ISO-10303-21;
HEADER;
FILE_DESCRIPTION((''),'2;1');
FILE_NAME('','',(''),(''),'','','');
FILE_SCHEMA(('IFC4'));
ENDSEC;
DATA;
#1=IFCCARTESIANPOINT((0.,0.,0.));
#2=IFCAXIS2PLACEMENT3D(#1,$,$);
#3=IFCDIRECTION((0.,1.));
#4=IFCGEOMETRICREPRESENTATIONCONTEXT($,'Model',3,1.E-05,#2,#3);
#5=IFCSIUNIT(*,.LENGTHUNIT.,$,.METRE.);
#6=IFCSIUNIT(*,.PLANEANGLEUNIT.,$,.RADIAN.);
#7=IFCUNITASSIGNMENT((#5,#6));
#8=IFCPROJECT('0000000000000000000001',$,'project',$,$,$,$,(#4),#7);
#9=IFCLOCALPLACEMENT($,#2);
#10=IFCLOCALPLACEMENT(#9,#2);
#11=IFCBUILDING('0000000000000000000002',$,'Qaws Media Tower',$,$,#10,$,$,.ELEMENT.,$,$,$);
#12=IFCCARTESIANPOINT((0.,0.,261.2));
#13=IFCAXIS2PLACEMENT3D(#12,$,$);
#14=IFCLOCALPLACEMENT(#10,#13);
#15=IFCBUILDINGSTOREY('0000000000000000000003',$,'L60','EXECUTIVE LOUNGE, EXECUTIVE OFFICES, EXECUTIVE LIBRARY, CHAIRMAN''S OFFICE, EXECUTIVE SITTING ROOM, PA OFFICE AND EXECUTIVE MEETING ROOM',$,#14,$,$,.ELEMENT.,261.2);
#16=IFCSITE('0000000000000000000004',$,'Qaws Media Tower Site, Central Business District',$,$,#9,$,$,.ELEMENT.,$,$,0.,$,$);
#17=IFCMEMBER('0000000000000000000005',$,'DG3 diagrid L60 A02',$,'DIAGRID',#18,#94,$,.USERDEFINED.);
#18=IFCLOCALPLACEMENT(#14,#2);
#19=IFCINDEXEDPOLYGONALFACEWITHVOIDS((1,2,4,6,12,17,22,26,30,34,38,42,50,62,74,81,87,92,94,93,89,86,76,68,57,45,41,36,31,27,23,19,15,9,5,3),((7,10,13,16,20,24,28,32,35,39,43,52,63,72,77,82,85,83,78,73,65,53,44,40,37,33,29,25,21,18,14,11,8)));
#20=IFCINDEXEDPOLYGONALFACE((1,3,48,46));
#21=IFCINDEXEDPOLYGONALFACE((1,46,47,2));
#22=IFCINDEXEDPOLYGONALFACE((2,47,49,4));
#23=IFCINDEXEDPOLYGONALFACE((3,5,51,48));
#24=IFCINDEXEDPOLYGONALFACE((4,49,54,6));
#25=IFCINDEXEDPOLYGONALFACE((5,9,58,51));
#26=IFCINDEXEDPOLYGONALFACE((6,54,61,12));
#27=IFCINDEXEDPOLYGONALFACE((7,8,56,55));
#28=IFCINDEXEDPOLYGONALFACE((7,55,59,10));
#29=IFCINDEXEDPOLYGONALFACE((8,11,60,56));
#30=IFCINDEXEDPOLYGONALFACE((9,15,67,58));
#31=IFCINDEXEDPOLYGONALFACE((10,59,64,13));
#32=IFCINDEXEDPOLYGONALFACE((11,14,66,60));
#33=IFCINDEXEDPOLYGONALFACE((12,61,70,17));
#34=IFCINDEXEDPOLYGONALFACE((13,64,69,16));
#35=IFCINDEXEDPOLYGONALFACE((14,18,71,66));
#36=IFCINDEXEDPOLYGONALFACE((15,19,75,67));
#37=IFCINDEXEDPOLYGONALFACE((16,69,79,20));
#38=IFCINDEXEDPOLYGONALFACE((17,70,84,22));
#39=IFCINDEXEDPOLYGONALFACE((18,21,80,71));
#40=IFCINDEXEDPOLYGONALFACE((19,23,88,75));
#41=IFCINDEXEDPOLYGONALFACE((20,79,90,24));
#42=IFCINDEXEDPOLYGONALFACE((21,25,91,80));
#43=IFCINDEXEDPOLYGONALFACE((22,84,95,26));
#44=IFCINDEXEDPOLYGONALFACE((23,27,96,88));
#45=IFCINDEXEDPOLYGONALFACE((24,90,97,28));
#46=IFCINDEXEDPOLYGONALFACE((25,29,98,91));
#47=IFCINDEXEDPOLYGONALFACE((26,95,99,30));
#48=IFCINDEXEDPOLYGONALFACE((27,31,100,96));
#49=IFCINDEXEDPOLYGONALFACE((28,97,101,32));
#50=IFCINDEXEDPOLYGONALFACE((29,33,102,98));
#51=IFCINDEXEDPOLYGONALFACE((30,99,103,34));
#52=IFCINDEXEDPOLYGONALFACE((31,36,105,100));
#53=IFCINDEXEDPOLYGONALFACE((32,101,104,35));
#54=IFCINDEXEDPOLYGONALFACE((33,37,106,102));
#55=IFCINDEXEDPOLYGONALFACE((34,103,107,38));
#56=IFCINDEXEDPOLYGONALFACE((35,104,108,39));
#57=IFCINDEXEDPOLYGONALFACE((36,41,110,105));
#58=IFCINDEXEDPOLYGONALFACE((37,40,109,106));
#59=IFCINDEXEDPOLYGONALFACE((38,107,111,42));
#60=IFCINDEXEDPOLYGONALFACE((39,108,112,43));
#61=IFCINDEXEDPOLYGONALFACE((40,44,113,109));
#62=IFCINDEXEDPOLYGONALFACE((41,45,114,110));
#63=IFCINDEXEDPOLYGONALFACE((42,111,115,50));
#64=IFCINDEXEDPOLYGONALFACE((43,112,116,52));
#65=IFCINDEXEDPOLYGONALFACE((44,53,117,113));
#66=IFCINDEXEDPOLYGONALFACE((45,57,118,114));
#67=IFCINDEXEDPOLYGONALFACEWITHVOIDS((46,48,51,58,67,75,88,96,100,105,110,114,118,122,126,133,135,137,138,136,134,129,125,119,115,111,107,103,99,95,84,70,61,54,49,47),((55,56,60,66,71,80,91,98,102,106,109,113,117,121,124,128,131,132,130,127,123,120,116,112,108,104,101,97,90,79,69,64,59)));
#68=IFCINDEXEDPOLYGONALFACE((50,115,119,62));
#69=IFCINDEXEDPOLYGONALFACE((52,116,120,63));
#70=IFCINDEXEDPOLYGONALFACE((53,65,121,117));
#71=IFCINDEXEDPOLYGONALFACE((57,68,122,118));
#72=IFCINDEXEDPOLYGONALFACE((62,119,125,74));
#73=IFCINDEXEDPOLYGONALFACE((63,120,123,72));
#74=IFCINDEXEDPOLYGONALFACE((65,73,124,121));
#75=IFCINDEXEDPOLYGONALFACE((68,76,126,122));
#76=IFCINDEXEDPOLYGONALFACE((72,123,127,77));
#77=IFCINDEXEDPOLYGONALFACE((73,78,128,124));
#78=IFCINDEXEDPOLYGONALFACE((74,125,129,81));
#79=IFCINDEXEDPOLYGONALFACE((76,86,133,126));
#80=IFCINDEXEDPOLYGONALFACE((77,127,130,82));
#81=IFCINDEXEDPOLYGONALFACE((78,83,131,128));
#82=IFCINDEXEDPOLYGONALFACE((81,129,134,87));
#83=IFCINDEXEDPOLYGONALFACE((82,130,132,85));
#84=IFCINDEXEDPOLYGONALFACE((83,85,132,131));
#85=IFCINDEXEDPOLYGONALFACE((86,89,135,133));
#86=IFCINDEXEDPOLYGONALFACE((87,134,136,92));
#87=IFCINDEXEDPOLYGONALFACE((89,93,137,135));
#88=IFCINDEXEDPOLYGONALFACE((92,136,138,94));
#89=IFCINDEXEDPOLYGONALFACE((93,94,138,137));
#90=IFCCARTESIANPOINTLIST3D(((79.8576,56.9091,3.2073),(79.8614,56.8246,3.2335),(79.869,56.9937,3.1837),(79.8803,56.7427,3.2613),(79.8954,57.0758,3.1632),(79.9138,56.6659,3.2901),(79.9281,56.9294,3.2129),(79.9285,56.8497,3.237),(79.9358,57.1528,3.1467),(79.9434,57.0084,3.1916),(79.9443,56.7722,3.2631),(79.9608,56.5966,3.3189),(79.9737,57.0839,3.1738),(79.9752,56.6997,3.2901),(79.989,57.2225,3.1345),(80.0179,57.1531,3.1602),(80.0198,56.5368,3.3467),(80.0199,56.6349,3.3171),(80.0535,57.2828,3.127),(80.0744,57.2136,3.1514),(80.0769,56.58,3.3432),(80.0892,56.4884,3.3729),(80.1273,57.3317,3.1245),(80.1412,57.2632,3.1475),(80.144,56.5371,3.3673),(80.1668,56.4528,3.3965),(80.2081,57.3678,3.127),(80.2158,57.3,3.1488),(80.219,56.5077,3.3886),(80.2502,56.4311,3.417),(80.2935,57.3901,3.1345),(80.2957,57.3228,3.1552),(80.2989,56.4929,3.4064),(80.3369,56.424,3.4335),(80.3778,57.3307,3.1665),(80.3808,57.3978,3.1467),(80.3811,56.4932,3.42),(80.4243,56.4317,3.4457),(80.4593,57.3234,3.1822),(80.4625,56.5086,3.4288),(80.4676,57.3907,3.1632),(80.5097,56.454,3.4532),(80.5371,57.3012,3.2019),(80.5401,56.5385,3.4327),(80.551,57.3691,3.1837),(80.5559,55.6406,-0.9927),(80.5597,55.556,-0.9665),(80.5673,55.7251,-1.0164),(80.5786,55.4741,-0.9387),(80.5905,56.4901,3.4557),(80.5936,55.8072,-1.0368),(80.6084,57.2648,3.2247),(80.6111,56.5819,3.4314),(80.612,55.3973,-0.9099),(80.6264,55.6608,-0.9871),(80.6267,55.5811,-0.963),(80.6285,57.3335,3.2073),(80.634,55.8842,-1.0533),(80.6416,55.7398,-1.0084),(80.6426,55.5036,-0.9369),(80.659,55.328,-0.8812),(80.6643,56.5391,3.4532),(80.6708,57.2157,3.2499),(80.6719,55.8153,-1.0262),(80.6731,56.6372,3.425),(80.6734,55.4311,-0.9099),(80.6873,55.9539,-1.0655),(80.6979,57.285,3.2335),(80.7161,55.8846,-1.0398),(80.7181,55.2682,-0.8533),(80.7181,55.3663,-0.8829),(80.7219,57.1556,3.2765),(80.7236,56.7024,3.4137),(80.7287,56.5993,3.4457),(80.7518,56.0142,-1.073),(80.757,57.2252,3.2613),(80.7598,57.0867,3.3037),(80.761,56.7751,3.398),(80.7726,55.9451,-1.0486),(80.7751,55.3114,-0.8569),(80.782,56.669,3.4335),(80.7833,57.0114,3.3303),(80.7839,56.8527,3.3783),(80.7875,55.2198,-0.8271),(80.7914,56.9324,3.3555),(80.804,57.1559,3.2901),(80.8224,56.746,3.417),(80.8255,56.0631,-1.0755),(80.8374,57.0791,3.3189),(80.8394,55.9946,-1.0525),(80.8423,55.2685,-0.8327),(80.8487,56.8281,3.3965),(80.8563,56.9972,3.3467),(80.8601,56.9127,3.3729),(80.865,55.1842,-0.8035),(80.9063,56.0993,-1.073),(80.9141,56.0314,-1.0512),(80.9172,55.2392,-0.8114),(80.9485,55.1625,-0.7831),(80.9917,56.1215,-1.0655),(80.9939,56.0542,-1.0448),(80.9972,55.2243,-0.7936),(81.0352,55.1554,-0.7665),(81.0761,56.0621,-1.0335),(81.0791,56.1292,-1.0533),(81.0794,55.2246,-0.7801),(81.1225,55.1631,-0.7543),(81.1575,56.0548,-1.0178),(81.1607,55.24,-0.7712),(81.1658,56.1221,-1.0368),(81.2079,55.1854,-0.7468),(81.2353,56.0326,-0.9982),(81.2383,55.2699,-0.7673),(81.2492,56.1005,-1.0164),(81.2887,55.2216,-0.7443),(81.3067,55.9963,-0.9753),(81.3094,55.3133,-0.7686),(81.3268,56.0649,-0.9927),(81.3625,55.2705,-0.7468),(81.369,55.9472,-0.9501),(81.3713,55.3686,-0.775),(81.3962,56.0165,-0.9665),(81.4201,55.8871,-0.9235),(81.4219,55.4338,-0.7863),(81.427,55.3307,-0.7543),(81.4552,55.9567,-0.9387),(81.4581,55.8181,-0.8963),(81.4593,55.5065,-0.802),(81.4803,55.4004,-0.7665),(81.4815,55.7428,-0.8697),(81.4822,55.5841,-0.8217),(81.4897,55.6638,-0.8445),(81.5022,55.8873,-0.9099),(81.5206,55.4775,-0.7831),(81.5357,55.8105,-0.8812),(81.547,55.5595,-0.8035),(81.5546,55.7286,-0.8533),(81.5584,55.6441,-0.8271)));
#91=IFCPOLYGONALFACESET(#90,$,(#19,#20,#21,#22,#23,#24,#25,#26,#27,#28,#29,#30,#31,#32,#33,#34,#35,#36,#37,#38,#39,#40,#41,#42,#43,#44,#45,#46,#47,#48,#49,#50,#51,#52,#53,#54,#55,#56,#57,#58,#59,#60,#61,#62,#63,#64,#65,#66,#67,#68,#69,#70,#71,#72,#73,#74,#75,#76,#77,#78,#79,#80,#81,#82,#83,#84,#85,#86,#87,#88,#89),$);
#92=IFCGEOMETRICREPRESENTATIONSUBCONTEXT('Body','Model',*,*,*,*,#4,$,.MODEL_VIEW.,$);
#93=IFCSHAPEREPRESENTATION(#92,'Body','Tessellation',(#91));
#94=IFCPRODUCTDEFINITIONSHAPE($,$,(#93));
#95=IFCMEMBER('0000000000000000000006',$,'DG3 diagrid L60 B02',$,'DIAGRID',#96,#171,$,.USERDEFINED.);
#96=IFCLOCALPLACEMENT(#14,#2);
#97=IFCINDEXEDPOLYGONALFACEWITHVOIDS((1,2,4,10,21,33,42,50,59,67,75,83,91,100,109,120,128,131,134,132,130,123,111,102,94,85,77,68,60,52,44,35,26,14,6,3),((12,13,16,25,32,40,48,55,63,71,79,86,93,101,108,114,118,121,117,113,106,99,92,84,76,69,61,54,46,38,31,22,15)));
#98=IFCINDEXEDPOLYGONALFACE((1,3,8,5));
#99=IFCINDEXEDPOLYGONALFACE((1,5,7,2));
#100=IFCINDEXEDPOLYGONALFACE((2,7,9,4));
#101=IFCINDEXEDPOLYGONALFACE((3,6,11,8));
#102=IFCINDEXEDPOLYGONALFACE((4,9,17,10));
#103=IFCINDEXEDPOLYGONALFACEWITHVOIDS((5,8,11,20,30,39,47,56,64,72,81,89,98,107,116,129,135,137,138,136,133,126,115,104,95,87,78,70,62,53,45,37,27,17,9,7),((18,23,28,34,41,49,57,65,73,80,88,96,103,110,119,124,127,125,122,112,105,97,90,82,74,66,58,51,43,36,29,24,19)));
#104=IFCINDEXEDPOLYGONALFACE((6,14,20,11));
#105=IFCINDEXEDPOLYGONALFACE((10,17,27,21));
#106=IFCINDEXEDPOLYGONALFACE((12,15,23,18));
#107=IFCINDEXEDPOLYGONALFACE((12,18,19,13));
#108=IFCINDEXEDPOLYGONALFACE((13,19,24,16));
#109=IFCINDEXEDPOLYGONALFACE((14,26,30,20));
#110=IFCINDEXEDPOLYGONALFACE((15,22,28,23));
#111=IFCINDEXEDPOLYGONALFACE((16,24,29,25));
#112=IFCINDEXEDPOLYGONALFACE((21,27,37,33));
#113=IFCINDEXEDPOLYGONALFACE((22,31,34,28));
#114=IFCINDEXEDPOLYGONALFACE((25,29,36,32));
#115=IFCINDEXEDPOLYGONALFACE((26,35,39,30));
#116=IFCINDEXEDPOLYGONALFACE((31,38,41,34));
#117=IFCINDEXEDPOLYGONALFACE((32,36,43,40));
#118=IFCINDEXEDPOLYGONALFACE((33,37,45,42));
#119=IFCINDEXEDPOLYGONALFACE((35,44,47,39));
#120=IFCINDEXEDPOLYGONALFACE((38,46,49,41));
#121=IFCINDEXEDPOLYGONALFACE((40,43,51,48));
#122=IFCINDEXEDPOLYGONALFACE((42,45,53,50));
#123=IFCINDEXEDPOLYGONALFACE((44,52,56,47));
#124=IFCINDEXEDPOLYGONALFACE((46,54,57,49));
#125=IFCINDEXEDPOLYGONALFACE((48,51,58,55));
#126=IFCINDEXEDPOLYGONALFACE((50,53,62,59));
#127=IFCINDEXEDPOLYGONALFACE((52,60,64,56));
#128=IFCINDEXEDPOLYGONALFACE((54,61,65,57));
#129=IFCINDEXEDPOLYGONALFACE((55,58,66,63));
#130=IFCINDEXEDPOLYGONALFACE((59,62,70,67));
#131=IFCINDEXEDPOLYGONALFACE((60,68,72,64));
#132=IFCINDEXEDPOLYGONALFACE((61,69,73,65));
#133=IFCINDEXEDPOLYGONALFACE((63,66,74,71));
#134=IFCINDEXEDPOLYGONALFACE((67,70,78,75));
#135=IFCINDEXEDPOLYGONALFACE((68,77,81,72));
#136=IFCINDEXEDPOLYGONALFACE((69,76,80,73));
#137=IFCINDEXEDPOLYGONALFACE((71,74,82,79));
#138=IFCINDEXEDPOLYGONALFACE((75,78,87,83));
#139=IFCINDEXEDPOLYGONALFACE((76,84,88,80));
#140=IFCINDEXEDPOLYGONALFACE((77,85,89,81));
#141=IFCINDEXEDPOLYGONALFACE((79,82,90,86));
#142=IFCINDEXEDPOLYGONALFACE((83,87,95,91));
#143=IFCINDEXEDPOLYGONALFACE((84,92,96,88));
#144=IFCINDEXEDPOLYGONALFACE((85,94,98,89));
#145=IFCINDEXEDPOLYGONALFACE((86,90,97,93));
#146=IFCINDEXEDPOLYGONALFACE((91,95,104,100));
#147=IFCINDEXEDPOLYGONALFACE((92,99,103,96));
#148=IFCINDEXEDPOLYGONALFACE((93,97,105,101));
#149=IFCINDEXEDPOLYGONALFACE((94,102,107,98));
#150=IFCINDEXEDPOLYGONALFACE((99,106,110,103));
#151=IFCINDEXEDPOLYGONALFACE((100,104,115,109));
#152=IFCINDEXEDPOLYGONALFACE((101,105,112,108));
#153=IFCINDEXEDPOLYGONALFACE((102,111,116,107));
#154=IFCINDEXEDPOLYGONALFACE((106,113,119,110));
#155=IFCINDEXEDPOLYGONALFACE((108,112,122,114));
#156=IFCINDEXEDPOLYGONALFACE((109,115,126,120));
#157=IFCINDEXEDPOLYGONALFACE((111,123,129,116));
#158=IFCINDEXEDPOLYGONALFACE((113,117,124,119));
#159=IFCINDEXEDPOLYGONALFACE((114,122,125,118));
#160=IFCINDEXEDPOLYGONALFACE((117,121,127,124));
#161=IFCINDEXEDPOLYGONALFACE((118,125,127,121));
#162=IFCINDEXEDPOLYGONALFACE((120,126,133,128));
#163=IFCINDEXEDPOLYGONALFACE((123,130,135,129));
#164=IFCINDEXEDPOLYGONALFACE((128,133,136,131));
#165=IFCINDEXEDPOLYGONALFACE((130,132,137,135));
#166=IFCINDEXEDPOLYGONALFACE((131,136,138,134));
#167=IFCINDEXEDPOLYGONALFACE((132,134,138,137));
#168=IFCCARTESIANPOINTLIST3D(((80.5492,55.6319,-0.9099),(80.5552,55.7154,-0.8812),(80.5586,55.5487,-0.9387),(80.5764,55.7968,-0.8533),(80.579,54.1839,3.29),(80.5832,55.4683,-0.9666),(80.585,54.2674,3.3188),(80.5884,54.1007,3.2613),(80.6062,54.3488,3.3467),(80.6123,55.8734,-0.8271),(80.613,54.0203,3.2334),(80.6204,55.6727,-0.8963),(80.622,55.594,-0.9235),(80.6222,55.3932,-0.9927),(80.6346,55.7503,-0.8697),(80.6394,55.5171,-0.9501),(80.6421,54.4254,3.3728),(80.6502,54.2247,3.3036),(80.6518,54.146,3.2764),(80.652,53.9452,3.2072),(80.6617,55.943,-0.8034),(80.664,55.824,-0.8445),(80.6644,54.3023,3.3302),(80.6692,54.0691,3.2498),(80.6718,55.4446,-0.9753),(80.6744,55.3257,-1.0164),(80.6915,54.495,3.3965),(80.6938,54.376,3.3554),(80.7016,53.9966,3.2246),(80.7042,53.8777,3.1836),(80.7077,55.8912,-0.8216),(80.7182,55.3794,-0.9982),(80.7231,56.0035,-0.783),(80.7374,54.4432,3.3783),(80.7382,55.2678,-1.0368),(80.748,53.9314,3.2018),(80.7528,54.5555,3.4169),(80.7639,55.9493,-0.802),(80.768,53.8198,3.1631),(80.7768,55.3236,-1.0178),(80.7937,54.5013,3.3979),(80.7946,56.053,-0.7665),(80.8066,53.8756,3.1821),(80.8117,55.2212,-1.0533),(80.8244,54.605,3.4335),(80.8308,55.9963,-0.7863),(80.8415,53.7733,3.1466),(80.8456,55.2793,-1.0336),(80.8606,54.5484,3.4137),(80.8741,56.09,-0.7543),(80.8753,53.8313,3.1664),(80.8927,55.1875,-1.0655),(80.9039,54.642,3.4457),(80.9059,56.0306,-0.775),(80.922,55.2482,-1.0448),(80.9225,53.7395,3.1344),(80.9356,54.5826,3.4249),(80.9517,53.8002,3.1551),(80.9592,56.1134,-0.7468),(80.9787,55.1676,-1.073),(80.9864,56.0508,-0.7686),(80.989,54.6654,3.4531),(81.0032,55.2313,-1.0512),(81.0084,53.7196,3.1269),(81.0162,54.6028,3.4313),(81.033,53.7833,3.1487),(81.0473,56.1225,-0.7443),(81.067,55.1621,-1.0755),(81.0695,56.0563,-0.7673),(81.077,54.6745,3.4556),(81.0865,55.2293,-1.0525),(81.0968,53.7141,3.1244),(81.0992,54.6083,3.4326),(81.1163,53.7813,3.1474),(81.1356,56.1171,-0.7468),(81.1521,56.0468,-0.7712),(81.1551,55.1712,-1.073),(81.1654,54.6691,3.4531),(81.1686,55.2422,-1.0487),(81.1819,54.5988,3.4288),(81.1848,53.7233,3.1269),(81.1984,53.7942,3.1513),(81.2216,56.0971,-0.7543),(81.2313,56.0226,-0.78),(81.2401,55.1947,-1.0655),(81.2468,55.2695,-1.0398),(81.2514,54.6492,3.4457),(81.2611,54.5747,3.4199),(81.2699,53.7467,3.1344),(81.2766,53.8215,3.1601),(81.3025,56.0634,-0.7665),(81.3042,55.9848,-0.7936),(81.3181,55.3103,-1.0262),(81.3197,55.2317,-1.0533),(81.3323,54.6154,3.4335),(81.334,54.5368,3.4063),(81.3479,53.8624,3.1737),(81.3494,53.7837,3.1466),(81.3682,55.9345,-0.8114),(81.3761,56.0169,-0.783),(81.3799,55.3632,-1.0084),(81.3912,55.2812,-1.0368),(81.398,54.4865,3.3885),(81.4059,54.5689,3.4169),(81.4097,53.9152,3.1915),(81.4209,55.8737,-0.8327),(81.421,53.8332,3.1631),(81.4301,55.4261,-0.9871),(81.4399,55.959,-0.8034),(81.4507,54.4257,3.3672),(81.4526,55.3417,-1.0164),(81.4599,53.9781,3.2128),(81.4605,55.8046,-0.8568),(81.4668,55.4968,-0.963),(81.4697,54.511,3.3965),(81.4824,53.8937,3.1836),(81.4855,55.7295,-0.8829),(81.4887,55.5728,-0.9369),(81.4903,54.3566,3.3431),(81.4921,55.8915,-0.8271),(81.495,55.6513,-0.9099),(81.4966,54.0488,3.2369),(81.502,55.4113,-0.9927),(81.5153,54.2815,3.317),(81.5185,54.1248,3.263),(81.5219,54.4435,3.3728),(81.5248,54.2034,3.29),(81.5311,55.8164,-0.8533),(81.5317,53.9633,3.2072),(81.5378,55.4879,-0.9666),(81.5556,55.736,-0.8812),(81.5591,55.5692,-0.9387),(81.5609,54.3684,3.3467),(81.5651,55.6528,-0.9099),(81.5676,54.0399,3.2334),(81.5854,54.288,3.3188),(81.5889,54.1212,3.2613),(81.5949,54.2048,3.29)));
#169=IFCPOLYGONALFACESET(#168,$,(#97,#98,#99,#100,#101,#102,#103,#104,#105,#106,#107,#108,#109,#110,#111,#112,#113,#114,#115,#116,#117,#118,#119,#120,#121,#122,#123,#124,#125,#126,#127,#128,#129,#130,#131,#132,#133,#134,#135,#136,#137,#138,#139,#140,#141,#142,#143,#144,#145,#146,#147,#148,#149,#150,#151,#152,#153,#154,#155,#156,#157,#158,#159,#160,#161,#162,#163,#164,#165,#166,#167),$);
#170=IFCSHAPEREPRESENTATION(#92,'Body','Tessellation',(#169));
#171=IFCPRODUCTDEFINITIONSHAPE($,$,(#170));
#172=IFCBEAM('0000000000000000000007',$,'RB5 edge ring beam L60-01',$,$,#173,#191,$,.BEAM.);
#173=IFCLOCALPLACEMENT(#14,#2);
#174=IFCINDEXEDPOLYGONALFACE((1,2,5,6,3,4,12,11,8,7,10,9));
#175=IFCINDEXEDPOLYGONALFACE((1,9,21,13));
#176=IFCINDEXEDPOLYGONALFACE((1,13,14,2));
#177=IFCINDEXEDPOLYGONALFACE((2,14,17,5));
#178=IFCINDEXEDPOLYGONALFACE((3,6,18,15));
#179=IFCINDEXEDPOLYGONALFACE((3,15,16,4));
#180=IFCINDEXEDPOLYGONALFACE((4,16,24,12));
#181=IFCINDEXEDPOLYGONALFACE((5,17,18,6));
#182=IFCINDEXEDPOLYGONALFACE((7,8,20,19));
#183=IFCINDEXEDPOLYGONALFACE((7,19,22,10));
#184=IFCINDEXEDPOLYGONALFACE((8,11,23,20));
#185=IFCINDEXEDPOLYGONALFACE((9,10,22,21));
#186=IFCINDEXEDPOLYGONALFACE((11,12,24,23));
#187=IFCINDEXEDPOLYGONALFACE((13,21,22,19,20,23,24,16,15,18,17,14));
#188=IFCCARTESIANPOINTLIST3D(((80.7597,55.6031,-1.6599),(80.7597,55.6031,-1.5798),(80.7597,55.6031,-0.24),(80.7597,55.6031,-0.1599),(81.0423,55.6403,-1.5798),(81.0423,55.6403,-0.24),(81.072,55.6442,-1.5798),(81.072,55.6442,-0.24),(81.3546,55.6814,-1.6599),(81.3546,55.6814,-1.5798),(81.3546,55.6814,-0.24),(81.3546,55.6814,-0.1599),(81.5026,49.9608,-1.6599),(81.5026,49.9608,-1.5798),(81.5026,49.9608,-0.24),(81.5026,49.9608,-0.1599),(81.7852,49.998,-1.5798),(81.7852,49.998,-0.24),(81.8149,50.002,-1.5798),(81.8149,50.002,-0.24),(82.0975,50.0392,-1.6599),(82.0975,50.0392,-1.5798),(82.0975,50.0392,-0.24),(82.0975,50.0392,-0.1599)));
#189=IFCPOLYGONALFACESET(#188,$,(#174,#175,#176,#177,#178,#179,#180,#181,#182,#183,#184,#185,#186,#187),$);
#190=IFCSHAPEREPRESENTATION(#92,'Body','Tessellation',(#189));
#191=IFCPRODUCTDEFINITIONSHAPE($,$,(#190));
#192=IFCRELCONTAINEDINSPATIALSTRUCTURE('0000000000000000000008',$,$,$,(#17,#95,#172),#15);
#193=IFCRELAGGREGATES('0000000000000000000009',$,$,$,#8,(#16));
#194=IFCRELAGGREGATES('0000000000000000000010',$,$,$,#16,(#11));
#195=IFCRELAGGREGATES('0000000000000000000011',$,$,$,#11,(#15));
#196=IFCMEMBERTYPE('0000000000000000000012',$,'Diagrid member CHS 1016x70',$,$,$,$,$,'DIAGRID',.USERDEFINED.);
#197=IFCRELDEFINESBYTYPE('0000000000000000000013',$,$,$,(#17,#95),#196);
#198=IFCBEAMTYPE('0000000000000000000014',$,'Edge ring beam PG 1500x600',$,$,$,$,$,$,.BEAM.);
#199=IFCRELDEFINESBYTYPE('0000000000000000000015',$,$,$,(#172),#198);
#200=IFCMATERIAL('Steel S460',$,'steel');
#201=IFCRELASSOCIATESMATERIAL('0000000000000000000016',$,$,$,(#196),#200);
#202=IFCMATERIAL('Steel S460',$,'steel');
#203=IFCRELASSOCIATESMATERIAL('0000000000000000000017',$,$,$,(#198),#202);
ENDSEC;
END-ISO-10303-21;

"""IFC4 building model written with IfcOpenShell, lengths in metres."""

from ifc_helpers import new_model, si_unit, direction, frame, origin, origin_2d, place, context, subcontext, project, spatial, hollow_circle, i_section, extrude, material, material_profile, profile_set, type_object, element, save


model = new_model("IFC4")

# Units and contexts
model_context = context("Model", 3, precision=1e-05, world=origin(), true_north=direction((0.0, 1.0)))
body_context = subcontext(model_context, "Body", "Model", "MODEL_VIEW")
ifc_project = project(units=[si_unit("LENGTHUNIT", "METRE"), si_unit("PLANEANGLEUNIT", "RADIAN")], contexts=[model_context])

# Site, building, storey
site_placement = place(None, origin())
site = spatial("IfcSite", under=ifc_project, at=site_placement, Name="Qaws Media Tower Site, Central Business District", CompositionType="ELEMENT", RefElevation=0.0)
building_placement = place(site_placement, origin())
building = spatial("IfcBuilding", under=site, at=building_placement, Name="Qaws Media Tower", CompositionType="ELEMENT")
storey_placement = place(building_placement, frame((0.0, 0.0, 261.2)))
storey = spatial("IfcBuildingStorey", under=building, at=storey_placement, Name="L60", Description="EXECUTIVE LOUNGE, EXECUTIVE OFFICES, EXECUTIVE LIBRARY, CHAIRMAN'S OFFICE, EXECUTIVE SITTING ROOM, PA OFFICE AND EXECUTIVE MEETING ROOM", CompositionType="ELEMENT", Elevation=261.2)

# Members
ifc_material_1 = material(Name="Steel S460", Category="steel")
ifc_material_profile_1 = material_profile(ifc_material_1, hollow_circle(Radius=0.5081, WallThickness=0.0701, at=origin_2d()), Name="CHS 1016x70")
ifc_profile_set_1 = profile_set([ifc_material_profile_1], Name="Steel S460")
member_type_1 = type_object("IfcMemberType", Name="Diagrid member CHS 1016x70", ElementType="DIAGRID", PredefinedType="USERDEFINED", material=ifc_profile_set_1)
for number, where, z_axis, x_axis, name in (
    (1, (81.0571, 55.6423, -0.9099), (-0.157171, 0.285546, 0.945389), (-0.876059, -0.482204, 0.0), "DG3 diagrid L60 A02"),
    (2, (81.0571, 55.6423, -0.9099), (0.006704, -0.325931, 0.94537), (0.999789, 0.020566, 0.0), "DG3 diagrid L60 B02"),
):
    element("IfcMember", number, at=place(storey_placement, frame(where, z_axis=z_axis, x_axis=x_axis)), inside=storey, type_object=member_type_1, Name=name, ObjectType="DIAGRID", PredefinedType="USERDEFINED", context=body_context, shape_type="SweptSolid", body=[
        extrude(hollow_circle(Radius=0.5081, WallThickness=0.0701, at=origin_2d()), origin(), (0.0, 0.0, 1.0), 4.4426),
    ])

# Beam
ifc_material_2 = material(Name="Steel S460", Category="steel")
ifc_material_profile_2 = material_profile(ifc_material_2, i_section(OverallWidth=0.6001, OverallDepth=1.5, WebThickness=0.03, FlangeThickness=0.0801, at=origin_2d()), Name="PG 1500x600")
ifc_profile_set_2 = profile_set([ifc_material_profile_2], Name="Steel S460")
beam_type_1 = type_object("IfcBeamType", Name="Edge ring beam PG 1500x600", PredefinedType="BEAM", material=ifc_profile_set_2)
beam_1_placement = place(storey_placement, frame((81.8, 50.0, -0.9099), z_axis=(-0.130542, 0.991443, 0.0), x_axis=(-0.991443, -0.130542, 0.0)))
element("IfcBeam", 3, at=beam_1_placement, inside=storey, type_object=beam_type_1, Name="RB5 edge ring beam L60-01", PredefinedType="BEAM", context=body_context, shape_type="SweptSolid", body=[
    extrude(i_section(OverallWidth=0.6001, OverallDepth=1.5, WebThickness=0.03, FlangeThickness=0.0801, at=origin_2d()), origin(), (0.0, 0.0, 1.0), 5.6909),
])

save(model, "model.ifc")
